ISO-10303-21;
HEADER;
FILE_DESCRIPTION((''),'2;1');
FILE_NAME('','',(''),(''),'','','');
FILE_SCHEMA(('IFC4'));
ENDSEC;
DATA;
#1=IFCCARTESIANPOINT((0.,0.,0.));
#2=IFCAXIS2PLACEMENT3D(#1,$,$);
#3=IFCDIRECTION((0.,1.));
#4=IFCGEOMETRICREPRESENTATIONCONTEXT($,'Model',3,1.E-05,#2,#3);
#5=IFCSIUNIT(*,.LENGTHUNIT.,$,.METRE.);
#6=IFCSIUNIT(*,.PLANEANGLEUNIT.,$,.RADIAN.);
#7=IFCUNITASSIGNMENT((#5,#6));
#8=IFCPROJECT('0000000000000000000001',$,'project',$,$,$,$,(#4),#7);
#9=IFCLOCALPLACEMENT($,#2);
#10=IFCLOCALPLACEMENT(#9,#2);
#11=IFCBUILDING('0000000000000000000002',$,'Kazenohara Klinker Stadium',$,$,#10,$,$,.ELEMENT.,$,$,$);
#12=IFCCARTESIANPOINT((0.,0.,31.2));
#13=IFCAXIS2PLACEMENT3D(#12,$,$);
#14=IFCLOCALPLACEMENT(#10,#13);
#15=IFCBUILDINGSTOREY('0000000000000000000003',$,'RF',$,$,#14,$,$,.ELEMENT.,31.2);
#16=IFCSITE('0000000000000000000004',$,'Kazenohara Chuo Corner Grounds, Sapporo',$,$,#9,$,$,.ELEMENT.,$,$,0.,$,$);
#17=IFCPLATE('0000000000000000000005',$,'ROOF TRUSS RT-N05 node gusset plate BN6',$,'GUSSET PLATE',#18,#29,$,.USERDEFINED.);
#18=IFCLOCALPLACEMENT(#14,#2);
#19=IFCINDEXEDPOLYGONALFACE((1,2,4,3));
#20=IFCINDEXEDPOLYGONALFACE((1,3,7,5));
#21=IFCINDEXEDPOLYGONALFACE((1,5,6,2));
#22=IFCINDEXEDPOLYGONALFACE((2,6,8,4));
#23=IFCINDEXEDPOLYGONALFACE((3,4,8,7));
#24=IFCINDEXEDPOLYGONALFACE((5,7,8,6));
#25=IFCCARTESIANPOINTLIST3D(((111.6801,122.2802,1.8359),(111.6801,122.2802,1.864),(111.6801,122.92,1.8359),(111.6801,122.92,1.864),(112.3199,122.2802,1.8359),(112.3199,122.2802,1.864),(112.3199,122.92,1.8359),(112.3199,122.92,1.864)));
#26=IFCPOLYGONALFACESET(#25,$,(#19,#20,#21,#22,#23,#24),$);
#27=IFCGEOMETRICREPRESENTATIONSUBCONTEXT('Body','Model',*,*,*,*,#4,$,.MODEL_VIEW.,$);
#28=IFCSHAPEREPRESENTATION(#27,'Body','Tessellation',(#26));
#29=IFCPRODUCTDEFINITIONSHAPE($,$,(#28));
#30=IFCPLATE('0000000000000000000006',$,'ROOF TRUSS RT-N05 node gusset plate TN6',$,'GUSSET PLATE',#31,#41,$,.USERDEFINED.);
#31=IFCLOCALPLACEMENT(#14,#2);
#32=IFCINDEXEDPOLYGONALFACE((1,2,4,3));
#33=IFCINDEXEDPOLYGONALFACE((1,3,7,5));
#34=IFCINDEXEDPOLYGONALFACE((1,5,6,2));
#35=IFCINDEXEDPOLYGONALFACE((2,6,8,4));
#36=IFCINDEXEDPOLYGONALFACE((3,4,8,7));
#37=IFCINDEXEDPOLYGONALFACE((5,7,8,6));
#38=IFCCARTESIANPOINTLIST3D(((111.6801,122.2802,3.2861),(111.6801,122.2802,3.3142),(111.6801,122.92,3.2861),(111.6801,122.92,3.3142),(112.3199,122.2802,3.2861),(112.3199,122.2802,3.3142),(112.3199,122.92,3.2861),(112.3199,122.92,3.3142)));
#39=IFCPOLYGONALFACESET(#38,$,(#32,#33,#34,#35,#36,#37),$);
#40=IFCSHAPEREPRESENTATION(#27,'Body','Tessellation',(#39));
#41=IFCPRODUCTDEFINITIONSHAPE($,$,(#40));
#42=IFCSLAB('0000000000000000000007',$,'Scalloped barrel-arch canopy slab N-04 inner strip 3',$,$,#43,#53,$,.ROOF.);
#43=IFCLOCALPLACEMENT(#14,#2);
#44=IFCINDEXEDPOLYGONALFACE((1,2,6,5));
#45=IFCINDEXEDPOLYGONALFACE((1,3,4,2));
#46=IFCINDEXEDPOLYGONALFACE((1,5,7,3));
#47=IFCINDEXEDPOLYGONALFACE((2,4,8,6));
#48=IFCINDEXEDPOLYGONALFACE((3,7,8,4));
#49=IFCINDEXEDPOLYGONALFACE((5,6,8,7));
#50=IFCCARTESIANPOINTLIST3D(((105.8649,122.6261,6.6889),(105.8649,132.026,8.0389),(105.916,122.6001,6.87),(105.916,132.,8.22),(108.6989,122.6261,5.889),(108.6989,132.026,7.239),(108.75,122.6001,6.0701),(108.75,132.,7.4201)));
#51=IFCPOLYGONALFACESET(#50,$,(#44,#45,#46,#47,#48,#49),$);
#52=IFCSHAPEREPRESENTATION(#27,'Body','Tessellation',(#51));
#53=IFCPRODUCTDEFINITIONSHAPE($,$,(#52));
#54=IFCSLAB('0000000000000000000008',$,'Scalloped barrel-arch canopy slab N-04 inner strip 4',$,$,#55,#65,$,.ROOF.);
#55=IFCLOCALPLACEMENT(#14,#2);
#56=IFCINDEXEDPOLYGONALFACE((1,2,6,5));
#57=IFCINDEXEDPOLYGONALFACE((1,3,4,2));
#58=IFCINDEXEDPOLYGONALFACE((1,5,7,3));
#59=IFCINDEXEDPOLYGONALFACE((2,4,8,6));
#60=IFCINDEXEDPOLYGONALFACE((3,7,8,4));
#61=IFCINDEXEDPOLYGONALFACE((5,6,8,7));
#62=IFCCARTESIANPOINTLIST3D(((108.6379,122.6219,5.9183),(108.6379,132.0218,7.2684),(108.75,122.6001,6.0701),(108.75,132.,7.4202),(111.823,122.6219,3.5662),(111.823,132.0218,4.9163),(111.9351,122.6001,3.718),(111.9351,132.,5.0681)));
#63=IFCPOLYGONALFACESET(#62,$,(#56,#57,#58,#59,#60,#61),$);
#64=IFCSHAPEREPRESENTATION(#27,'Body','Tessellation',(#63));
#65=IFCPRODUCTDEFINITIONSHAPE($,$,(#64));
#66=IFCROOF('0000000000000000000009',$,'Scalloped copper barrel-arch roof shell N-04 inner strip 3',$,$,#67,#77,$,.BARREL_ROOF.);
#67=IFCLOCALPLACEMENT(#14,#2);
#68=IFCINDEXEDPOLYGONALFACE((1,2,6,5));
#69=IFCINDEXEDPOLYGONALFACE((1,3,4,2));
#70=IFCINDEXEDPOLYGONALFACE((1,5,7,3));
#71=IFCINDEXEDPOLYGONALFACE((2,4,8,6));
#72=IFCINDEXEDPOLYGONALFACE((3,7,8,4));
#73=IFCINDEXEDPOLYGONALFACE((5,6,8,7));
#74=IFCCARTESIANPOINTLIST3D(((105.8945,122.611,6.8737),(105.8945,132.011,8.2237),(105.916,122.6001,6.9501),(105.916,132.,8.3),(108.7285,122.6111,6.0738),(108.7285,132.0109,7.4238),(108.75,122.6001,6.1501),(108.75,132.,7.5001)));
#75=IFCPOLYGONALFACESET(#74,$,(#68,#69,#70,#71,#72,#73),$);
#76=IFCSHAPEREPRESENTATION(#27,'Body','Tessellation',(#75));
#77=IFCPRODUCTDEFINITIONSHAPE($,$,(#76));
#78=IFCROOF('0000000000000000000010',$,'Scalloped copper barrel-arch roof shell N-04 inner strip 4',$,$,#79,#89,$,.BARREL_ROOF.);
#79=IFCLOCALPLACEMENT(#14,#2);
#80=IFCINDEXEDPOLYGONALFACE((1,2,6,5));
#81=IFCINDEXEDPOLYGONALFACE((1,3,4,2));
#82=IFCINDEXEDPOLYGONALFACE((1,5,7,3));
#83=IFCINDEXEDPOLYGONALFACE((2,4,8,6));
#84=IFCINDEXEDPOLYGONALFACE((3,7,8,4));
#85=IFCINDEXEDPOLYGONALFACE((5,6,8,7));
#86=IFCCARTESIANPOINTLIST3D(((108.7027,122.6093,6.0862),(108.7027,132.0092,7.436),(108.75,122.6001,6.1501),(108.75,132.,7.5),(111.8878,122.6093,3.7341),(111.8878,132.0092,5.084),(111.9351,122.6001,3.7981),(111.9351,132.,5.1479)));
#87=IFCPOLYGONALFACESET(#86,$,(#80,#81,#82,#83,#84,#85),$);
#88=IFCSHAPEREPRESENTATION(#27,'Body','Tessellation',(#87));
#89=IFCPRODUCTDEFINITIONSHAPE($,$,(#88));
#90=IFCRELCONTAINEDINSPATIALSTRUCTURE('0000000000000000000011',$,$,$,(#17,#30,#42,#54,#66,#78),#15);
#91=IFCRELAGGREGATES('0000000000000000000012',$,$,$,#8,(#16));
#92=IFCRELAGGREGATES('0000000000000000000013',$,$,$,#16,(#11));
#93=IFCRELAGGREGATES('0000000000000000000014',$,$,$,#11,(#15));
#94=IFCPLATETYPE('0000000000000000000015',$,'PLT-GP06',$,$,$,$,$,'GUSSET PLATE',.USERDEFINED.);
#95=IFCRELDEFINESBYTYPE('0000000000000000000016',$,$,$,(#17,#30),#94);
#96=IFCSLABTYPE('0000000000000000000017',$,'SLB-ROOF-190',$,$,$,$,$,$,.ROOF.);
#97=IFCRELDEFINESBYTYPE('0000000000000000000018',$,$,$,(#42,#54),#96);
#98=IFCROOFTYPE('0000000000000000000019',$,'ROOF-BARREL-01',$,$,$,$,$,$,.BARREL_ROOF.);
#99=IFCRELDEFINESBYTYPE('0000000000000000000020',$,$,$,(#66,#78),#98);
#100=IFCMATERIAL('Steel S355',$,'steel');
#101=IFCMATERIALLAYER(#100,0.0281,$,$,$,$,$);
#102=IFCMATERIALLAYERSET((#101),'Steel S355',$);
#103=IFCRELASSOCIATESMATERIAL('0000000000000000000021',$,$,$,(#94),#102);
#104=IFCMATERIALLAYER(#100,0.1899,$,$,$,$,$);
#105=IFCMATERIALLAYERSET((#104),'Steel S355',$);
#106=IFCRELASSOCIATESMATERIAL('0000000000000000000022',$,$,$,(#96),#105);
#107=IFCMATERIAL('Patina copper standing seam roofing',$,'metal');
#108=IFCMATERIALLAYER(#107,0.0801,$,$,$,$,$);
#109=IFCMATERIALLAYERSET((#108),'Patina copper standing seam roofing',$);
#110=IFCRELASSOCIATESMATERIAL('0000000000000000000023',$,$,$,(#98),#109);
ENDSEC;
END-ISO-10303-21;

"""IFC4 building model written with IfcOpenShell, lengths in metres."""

from ifc_helpers import new_model, si_unit, direction, frame, origin, origin_2d, place, context, subcontext, project, spatial, polyline, rectangle, outline, extrude, material, layer, layer_set, type_object, element, save


model = new_model("IFC4")

# Units and contexts
model_context = context("Model", 3, precision=1e-05, world=origin(), true_north=direction((0.0, 1.0)))
body_context = subcontext(model_context, "Body", "Model", "MODEL_VIEW")
ifc_project = project(units=[si_unit("LENGTHUNIT", "METRE"), si_unit("PLANEANGLEUNIT", "RADIAN")], contexts=[model_context])

# Site, building, storey
site_placement = place(None, origin())
site = spatial("IfcSite", under=ifc_project, at=site_placement, Name="Kazenohara Chuo Corner Grounds, Sapporo", CompositionType="ELEMENT", RefElevation=0.0)
building_placement = place(site_placement, origin())
building = spatial("IfcBuilding", under=site, at=building_placement, Name="Kazenohara Klinker Stadium", CompositionType="ELEMENT")
storey_placement = place(building_placement, frame((0.0, 0.0, 31.2)))
storey = spatial("IfcBuildingStorey", under=building, at=storey_placement, Name="RF", CompositionType="ELEMENT", Elevation=31.2)

# Shared definitions
ifc_material_1 = material(Name="Steel S355", Category="steel")

# Plates
ifc_layer_1 = layer(ifc_material_1, 0.0281)
ifc_layer_set_1 = layer_set([ifc_layer_1], Name="Steel S355")
plate_type_1 = type_object("IfcPlateType", Name="PLT-GP06", ElementType="GUSSET PLATE", PredefinedType="USERDEFINED", material=ifc_layer_set_1)
for number, where, z_axis, x_axis, name in (
    (1, (112.0, 122.6001, 1.8359), (0.0, 0.0, 1.0), (1.0, 0.0, 0.0), "ROOF TRUSS RT-N05 node gusset plate BN6"),
    (2, (112.0, 122.6001, 3.2861), (0.0, 0.0, 1.0), (1.0, 0.0, 0.0), "ROOF TRUSS RT-N05 node gusset plate TN6"),
):
    element("IfcPlate", number, at=place(storey_placement, frame(where, z_axis=z_axis, x_axis=x_axis)), inside=storey, type_object=plate_type_1, Name=name, ObjectType="GUSSET PLATE", PredefinedType="USERDEFINED", context=body_context, shape_type="SweptSolid", body=[
        extrude(rectangle(XDim=0.6399, YDim=0.6399, at=origin_2d()), origin(), (0.0, 0.0, 1.0), 0.0281),
    ])

# Slabs
ifc_layer_2 = layer(ifc_material_1, 0.1899)
ifc_layer_set_2 = layer_set([ifc_layer_2], Name="Steel S355")
slab_type = type_object("IfcSlabType", Name="SLB-ROOF-190", PredefinedType="ROOF", material=ifc_layer_set_2)
slab_1_placement = place(storey_placement, frame((105.916, 132.0, 8.22), z_axis=(0.26909, -0.136914, 0.953334), x_axis=(-0.000003, -0.989844, -0.142156)))
element("IfcSlab", 3, at=slab_1_placement, inside=storey, type_object=slab_type, Name="Scalloped barrel-arch canopy slab N-04 inner strip 3", PredefinedType="ROOF", context=body_context, shape_type="SweptSolid", body=[
    extrude(outline(polyline([(0.0, 0.0), (9.4963, 0.0), (9.6101, 2.9426), (0.1137, 2.9425), (0.0, 0.0)])), origin(), (0.0, 0.0, -1.0), 0.1899),
])
slab_2_placement = place(storey_placement, frame((108.75, 132.0, 7.4202), z_axis=(0.590118, -0.114776, 0.799116), x_axis=(0.0, -0.989842, -0.14217)))
element("IfcSlab", 4, at=slab_2_placement, inside=storey, type_object=slab_type, Name="Scalloped barrel-arch canopy slab N-04 inner strip 4", PredefinedType="ROOF", context=body_context, shape_type="SweptSolid", body=[
    extrude(outline(polyline([(0.0, 0.0), (9.4964, 0.0), (9.8308, 3.9452), (0.3344, 3.9452), (0.0, 0.0)])), origin(), (0.0, 0.0, -1.0), 0.1899),
])

# Roofs
ifc_material_2 = material(Name="Patina copper standing seam roofing", Category="metal")
ifc_layer_3 = layer(ifc_material_2, 0.0801)
ifc_layer_set_3 = layer_set([ifc_layer_3], Name="Patina copper standing seam roofing")
roof_type = type_object("IfcRoofType", Name="ROOF-BARREL-01", PredefinedType="BARREL_ROOF", material=ifc_layer_set_3)
roof_1_placement = place(storey_placement, frame((105.916, 132.0, 8.3), z_axis=(0.26909, -0.136914, 0.953334), x_axis=(0.000003, -0.989844, -0.142158)))
element("IfcRoof", 5, at=roof_1_placement, inside=storey, type_object=roof_type, Name="Scalloped copper barrel-arch roof shell N-04 inner strip 3", PredefinedType="BARREL_ROOF", context=body_context, shape_type="SweptSolid", body=[
    extrude(outline(polyline([(0.0, 0.0), (9.4964, 0.0), (9.6101, 2.9425), (0.1137, 2.9426), (0.0, 0.0)])), origin(), (0.0, 0.0, -1.0), 0.0801),
])
roof_2_placement = place(storey_placement, frame((108.75, 132.0, 7.5), z_axis=(0.59012, -0.114756, 0.799118), x_axis=(0.0, -0.989846, -0.142145)))
element("IfcRoof", 6, at=roof_2_placement, inside=storey, type_object=roof_type, Name="Scalloped copper barrel-arch roof shell N-04 inner strip 4", PredefinedType="BARREL_ROOF", context=body_context, shape_type="SweptSolid", body=[
    extrude(outline(polyline([(0.0, 0.0), (9.4963, 0.0), (9.8307, 3.9452), (0.3343, 3.9452), (0.0, 0.0)])), origin(), (0.0, 0.0, -1.0), 0.0801),
])

save(model, "model.ifc")
